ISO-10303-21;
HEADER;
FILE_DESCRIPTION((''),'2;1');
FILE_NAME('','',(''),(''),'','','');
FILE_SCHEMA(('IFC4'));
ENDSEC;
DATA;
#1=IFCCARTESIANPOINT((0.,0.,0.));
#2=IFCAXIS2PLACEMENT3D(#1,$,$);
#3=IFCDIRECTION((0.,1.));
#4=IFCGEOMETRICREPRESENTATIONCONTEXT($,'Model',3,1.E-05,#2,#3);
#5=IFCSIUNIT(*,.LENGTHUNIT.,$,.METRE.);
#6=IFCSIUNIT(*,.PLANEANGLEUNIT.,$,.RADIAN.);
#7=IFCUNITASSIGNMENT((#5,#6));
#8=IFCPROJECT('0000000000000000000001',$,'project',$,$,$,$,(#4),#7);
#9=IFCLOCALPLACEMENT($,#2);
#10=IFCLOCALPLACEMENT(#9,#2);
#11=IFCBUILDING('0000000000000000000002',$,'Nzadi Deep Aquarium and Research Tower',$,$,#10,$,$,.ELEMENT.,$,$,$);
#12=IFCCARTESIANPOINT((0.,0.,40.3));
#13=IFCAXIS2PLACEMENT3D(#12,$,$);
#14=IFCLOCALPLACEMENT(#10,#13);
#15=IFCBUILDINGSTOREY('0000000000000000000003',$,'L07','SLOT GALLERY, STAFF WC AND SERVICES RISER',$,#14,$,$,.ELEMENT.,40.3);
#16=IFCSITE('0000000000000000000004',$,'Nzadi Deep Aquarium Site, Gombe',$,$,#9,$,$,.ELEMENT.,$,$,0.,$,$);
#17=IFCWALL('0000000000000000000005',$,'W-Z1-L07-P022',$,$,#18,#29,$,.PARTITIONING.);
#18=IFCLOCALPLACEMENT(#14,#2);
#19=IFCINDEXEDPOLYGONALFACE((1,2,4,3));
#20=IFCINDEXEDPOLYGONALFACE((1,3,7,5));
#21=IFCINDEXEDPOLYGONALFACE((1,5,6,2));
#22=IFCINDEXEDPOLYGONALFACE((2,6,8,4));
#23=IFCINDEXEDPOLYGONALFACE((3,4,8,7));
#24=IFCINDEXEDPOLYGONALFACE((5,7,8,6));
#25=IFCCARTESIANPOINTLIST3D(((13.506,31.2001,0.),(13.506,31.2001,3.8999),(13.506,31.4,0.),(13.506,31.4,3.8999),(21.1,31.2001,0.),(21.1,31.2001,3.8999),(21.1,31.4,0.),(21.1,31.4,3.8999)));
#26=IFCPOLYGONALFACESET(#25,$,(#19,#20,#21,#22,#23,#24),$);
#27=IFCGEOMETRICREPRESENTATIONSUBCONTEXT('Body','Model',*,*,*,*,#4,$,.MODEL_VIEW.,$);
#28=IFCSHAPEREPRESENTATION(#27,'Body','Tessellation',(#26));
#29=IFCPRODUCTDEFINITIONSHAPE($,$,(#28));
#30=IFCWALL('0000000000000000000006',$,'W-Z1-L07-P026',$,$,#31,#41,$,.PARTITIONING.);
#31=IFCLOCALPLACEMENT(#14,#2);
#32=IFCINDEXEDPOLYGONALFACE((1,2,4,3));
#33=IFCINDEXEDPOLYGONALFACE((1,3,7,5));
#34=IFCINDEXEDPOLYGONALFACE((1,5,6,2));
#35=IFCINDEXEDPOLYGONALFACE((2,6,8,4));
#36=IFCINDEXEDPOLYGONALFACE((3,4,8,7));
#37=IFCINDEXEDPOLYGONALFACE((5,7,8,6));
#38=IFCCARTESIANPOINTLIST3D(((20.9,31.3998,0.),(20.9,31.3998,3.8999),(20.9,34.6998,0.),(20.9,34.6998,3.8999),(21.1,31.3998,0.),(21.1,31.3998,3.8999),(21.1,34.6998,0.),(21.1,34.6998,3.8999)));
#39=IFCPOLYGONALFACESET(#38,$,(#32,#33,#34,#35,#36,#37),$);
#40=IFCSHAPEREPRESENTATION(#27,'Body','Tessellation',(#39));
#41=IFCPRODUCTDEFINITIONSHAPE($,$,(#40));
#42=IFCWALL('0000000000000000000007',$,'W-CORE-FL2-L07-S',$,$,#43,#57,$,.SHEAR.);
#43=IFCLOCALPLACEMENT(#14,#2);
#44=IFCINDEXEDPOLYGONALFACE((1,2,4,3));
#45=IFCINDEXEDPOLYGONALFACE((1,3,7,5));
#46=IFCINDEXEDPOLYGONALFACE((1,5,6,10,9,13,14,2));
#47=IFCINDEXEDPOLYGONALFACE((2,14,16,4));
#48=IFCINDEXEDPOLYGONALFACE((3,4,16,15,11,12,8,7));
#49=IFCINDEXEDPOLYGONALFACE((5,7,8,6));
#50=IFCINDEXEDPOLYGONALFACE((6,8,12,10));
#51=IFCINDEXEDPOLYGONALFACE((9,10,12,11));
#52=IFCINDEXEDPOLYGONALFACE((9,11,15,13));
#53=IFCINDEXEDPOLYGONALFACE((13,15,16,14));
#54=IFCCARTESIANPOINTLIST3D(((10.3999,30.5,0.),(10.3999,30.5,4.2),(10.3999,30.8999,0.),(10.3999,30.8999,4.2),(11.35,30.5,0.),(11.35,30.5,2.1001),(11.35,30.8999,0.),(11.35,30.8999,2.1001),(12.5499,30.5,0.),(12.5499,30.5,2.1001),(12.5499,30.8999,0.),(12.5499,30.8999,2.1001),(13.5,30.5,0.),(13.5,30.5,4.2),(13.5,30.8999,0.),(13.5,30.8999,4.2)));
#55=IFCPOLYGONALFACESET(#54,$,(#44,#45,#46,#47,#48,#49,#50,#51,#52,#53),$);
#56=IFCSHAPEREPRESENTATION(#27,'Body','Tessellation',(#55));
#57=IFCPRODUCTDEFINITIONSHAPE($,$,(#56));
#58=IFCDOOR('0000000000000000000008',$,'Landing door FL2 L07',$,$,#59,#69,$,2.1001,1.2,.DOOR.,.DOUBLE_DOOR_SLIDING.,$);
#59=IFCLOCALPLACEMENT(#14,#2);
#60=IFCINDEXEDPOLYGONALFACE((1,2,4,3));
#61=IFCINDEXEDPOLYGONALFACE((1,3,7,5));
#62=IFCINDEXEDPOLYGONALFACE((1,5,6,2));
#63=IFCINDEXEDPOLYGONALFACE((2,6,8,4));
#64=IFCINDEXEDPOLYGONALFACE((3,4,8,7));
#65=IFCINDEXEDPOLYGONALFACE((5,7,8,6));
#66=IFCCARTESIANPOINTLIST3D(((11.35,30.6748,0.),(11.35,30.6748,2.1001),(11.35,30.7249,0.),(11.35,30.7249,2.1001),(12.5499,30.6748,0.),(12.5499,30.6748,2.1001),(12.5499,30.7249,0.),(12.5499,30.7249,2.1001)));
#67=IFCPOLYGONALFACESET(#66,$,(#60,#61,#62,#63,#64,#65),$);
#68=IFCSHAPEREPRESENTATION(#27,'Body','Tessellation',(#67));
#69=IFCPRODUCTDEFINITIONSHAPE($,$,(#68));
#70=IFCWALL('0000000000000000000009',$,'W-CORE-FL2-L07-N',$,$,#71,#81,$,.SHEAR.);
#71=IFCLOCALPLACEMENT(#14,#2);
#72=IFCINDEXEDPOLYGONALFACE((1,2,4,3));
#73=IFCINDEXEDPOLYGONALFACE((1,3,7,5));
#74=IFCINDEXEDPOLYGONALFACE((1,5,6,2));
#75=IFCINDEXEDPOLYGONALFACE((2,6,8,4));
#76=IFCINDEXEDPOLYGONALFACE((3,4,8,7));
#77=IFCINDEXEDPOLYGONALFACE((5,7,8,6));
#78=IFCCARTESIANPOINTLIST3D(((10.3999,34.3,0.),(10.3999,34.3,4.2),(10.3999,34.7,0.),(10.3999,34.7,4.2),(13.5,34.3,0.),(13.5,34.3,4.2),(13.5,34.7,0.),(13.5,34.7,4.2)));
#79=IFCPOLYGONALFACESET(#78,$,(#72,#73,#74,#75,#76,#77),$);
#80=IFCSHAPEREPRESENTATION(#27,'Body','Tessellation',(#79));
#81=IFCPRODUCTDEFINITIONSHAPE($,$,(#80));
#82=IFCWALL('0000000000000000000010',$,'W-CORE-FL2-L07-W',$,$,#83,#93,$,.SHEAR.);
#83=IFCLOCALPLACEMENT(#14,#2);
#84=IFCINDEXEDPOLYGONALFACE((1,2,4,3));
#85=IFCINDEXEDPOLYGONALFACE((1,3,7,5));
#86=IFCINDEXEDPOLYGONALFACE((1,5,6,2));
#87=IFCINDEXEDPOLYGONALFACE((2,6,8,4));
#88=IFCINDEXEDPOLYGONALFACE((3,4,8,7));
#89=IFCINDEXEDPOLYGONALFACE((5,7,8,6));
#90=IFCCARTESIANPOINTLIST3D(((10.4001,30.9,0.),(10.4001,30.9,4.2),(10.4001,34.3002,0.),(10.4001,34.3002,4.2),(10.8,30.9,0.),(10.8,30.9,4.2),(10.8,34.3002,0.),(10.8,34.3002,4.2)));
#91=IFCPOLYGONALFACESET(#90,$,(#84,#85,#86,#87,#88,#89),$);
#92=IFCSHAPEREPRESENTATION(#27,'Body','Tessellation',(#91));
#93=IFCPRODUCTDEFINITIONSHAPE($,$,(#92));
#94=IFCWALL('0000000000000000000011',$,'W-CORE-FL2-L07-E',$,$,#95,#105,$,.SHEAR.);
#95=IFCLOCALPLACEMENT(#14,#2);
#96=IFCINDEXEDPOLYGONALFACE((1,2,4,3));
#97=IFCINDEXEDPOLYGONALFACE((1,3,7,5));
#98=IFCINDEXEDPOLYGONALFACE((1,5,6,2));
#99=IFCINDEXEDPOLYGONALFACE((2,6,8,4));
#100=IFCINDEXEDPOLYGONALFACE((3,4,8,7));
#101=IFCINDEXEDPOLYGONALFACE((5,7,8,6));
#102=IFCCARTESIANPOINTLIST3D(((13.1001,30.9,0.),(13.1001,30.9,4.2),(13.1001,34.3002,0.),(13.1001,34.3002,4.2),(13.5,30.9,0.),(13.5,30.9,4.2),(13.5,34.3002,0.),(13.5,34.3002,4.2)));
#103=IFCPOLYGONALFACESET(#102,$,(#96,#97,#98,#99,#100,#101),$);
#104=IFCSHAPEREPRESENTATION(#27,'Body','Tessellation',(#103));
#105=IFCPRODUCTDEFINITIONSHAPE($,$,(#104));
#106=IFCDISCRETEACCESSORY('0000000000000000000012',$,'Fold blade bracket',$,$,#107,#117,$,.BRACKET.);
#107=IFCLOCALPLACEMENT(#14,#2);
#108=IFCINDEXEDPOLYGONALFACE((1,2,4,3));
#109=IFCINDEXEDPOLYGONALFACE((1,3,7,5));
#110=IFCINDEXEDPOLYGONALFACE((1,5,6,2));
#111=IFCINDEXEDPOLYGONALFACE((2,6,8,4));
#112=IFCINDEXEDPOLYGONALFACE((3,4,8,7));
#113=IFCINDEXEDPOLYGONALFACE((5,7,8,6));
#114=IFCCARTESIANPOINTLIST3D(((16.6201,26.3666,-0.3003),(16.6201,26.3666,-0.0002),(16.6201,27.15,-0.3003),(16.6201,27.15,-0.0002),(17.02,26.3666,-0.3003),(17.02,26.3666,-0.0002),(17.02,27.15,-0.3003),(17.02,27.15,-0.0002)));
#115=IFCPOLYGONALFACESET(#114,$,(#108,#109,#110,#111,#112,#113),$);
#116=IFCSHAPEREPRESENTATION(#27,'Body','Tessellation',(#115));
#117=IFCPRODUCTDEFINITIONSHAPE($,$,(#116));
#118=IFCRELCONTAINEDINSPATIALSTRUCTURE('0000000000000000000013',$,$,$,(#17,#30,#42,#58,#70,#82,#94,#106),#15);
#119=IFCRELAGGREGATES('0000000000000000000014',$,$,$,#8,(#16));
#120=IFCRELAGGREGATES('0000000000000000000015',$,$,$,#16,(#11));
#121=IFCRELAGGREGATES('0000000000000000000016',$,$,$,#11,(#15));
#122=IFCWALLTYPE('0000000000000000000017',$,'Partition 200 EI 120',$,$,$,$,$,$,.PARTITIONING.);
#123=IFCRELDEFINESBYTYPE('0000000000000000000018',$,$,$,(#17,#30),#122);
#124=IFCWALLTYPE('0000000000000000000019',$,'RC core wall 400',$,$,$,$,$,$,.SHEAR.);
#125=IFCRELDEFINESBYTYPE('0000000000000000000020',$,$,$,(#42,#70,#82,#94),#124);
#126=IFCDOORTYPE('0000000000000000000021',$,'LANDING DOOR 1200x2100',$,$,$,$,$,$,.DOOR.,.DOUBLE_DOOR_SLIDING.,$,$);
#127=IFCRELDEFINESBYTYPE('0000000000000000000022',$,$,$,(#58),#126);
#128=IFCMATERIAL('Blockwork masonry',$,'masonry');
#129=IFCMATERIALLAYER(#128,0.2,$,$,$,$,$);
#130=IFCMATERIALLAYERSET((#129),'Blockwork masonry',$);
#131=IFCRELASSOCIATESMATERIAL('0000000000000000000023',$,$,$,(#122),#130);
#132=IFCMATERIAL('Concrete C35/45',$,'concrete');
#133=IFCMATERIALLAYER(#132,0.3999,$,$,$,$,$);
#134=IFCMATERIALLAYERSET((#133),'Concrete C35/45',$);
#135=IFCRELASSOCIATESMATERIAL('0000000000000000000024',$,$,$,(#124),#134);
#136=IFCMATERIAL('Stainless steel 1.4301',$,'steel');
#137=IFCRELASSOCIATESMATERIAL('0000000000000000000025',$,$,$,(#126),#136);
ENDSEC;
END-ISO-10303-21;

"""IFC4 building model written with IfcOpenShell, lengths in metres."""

from ifc_helpers import new_model, si_unit, direction, frame, frame_2d, origin, origin_2d, place, context, subcontext, project, spatial, rectangle, extrude, material, layer, layer_set, type_object, element, fill, save


model = new_model("IFC4")

# Units and contexts
model_context = context("Model", 3, precision=1e-05, world=origin(), true_north=direction((0.0, 1.0)))
body_context = subcontext(model_context, "Body", "Model", "MODEL_VIEW")
ifc_project = project(units=[si_unit("LENGTHUNIT", "METRE"), si_unit("PLANEANGLEUNIT", "RADIAN")], contexts=[model_context])

# Site, building, storey
site_placement = place(None, origin())
site = spatial("IfcSite", under=ifc_project, at=site_placement, Name="Nzadi Deep Aquarium Site, Gombe", CompositionType="ELEMENT", RefElevation=0.0)
building_placement = place(site_placement, origin())
building = spatial("IfcBuilding", under=site, at=building_placement, Name="Nzadi Deep Aquarium and Research Tower", CompositionType="ELEMENT")
storey_placement = place(building_placement, frame((0.0, 0.0, 40.3)))
storey = spatial("IfcBuildingStorey", under=building, at=storey_placement, Name="L07", Description="SLOT GALLERY, STAFF WC AND SERVICES RISER", CompositionType="ELEMENT", Elevation=40.3)

# Walls
ifc_material_1 = material(Name="Blockwork masonry", Category="masonry")
ifc_layer_1 = layer(ifc_material_1, 0.2)
ifc_layer_set_1 = layer_set([ifc_layer_1], Name="Blockwork masonry")
wall_type_1 = type_object("IfcWallType", Name="Partition 200 EI 120", PredefinedType="PARTITIONING", material=ifc_layer_set_1)
wall_1_placement = place(storey_placement, frame((13.5061, 31.3, 0.0), z_axis=(0.0, 0.0, 1.0), x_axis=(1.0, 0.0, 0.0)))
element("IfcWall", 1, at=wall_1_placement, inside=storey, type_object=wall_type_1, Name="W-Z1-L07-P022", PredefinedType="PARTITIONING", context=body_context, shape_type="SweptSolid", body=[
    extrude(rectangle(XDim=7.594, YDim=0.2, at=frame_2d((3.7969, 0.0))), origin(), (0.0, 0.0, 1.0), 3.8999),
])
wall_2_placement = place(storey_placement, frame((21.0, 31.3999, 0.0), z_axis=(0.0, 0.0, 1.0), x_axis=(0.0, 1.0, 0.0)))
element("IfcWall", 2, at=wall_2_placement, inside=storey, type_object=wall_type_1, Name="W-Z1-L07-P026", PredefinedType="PARTITIONING", context=body_context, shape_type="SweptSolid", body=[
    extrude(rectangle(XDim=3.3, YDim=0.2, at=frame_2d((1.6499, 0.0))), origin(), (0.0, 0.0, 1.0), 3.8999),
])

# Wall, opening, door
ifc_material_2 = material(Name="Concrete C35/45", Category="concrete")
ifc_layer_2 = layer(ifc_material_2, 0.3999)
ifc_layer_set_2 = layer_set([ifc_layer_2], Name="Concrete C35/45")
wall_type_2 = type_object("IfcWallType", Name="RC core wall 400", PredefinedType="SHEAR", material=ifc_layer_set_2)
wall_3_placement = place(storey_placement, frame((10.3999, 30.7, 0.0), z_axis=(0.0, 0.0, 1.0), x_axis=(1.0, 0.0, 0.0)))
wall_3 = element("IfcWall", 3, at=wall_3_placement, inside=storey, type_object=wall_type_2, Name="W-CORE-FL2-L07-S", PredefinedType="SHEAR", context=body_context, shape_type="SweptSolid", body=[
    extrude(rectangle(XDim=3.1001, YDim=0.3999, at=frame_2d((1.55, 0.0))), origin(), (0.0, 0.0, 1.0), 4.2),
])
opening_placement = place(wall_3_placement, frame((0.95, 0.0, 0.0)))
opening = element("IfcOpeningElement", 4, at=opening_placement, cuts=wall_3, PredefinedType="OPENING", context=body_context, shape_type="SweptSolid", body=[
    extrude(rectangle(XDim=1.2, YDim=2.1001, at=frame_2d((0.6001, 1.05))), frame((0.0, 0.21, 0.0), z_axis=(0.0, -1.0, 0.0), x_axis=(1.0, 0.0, 0.0)), (0.0, 0.0, 1.0), 0.4199),
])
ifc_material_3 = material(Name="Stainless steel 1.4301", Category="steel")
door_type = type_object("IfcDoorType", Name="LANDING DOOR 1200x2100", OperationType="DOUBLE_DOOR_SLIDING", PredefinedType="DOOR", material=ifc_material_3)
door_placement = place(opening_placement, origin())
door = element("IfcDoor", 5, at=door_placement, inside=storey, type_object=door_type, Name="Landing door FL2 L07", OperationType="DOUBLE_DOOR_SLIDING", OverallHeight=2.1001, OverallWidth=1.2, PredefinedType="DOOR", context=body_context, shape_type="SweptSolid", body=[
    extrude(rectangle(XDim=1.2, YDim=2.1001, at=frame_2d((0.6001, 1.05))), frame((0.0, 0.0249, 0.0), z_axis=(0.0, -1.0, 0.0), x_axis=(1.0, 0.0, 0.0)), (0.0, 0.0, 1.0), 0.05),
])
fill(opening, door)

# Walls
wall_4_placement = place(storey_placement, frame((10.3999, 34.5, 0.0), z_axis=(0.0, 0.0, 1.0), x_axis=(1.0, 0.0, 0.0)))
element("IfcWall", 6, at=wall_4_placement, inside=storey, type_object=wall_type_2, Name="W-CORE-FL2-L07-N", PredefinedType="SHEAR", context=body_context, shape_type="SweptSolid", body=[
    extrude(rectangle(XDim=3.1001, YDim=0.3999, at=frame_2d((1.55, 0.0))), origin(), (0.0, 0.0, 1.0), 4.2),
])
for number, where, z_axis, x_axis, name in (
    (7, (10.6001, 30.8999, 0.0), (0.0, 0.0, 1.0), (0.0, 1.0, 0.0), "W-CORE-FL2-L07-W"),
    (8, (13.3, 30.8999, 0.0), (0.0, 0.0, 1.0), (0.0, 1.0, 0.0), "W-CORE-FL2-L07-E"),
):
    element("IfcWall", number, at=place(storey_placement, frame(where, z_axis=z_axis, x_axis=x_axis)), inside=storey, type_object=wall_type_2, Name=name, PredefinedType="SHEAR", context=body_context, shape_type="SweptSolid", body=[
        extrude(rectangle(XDim=3.4001, YDim=0.3999, at=frame_2d((1.7002, 0.0))), origin(), (0.0, 0.0, 1.0), 4.2),
    ])

# Discrete accessory
discrete_accessory_placement = place(storey_placement, frame((16.8201, 26.7583, -0.3003), z_axis=(0.0, 0.0, 1.0), x_axis=(1.0, 0.0, 0.0)))
element("IfcDiscreteAccessory", 9, at=discrete_accessory_placement, inside=storey, Name="Fold blade bracket", PredefinedType="BRACKET", context=body_context, shape_type="SweptSolid", body=[
    extrude(rectangle(XDim=0.3999, YDim=0.7834, at=origin_2d()), origin(), (0.0, 0.0, 1.0), 0.3),
])

save(model, "model.ifc")
